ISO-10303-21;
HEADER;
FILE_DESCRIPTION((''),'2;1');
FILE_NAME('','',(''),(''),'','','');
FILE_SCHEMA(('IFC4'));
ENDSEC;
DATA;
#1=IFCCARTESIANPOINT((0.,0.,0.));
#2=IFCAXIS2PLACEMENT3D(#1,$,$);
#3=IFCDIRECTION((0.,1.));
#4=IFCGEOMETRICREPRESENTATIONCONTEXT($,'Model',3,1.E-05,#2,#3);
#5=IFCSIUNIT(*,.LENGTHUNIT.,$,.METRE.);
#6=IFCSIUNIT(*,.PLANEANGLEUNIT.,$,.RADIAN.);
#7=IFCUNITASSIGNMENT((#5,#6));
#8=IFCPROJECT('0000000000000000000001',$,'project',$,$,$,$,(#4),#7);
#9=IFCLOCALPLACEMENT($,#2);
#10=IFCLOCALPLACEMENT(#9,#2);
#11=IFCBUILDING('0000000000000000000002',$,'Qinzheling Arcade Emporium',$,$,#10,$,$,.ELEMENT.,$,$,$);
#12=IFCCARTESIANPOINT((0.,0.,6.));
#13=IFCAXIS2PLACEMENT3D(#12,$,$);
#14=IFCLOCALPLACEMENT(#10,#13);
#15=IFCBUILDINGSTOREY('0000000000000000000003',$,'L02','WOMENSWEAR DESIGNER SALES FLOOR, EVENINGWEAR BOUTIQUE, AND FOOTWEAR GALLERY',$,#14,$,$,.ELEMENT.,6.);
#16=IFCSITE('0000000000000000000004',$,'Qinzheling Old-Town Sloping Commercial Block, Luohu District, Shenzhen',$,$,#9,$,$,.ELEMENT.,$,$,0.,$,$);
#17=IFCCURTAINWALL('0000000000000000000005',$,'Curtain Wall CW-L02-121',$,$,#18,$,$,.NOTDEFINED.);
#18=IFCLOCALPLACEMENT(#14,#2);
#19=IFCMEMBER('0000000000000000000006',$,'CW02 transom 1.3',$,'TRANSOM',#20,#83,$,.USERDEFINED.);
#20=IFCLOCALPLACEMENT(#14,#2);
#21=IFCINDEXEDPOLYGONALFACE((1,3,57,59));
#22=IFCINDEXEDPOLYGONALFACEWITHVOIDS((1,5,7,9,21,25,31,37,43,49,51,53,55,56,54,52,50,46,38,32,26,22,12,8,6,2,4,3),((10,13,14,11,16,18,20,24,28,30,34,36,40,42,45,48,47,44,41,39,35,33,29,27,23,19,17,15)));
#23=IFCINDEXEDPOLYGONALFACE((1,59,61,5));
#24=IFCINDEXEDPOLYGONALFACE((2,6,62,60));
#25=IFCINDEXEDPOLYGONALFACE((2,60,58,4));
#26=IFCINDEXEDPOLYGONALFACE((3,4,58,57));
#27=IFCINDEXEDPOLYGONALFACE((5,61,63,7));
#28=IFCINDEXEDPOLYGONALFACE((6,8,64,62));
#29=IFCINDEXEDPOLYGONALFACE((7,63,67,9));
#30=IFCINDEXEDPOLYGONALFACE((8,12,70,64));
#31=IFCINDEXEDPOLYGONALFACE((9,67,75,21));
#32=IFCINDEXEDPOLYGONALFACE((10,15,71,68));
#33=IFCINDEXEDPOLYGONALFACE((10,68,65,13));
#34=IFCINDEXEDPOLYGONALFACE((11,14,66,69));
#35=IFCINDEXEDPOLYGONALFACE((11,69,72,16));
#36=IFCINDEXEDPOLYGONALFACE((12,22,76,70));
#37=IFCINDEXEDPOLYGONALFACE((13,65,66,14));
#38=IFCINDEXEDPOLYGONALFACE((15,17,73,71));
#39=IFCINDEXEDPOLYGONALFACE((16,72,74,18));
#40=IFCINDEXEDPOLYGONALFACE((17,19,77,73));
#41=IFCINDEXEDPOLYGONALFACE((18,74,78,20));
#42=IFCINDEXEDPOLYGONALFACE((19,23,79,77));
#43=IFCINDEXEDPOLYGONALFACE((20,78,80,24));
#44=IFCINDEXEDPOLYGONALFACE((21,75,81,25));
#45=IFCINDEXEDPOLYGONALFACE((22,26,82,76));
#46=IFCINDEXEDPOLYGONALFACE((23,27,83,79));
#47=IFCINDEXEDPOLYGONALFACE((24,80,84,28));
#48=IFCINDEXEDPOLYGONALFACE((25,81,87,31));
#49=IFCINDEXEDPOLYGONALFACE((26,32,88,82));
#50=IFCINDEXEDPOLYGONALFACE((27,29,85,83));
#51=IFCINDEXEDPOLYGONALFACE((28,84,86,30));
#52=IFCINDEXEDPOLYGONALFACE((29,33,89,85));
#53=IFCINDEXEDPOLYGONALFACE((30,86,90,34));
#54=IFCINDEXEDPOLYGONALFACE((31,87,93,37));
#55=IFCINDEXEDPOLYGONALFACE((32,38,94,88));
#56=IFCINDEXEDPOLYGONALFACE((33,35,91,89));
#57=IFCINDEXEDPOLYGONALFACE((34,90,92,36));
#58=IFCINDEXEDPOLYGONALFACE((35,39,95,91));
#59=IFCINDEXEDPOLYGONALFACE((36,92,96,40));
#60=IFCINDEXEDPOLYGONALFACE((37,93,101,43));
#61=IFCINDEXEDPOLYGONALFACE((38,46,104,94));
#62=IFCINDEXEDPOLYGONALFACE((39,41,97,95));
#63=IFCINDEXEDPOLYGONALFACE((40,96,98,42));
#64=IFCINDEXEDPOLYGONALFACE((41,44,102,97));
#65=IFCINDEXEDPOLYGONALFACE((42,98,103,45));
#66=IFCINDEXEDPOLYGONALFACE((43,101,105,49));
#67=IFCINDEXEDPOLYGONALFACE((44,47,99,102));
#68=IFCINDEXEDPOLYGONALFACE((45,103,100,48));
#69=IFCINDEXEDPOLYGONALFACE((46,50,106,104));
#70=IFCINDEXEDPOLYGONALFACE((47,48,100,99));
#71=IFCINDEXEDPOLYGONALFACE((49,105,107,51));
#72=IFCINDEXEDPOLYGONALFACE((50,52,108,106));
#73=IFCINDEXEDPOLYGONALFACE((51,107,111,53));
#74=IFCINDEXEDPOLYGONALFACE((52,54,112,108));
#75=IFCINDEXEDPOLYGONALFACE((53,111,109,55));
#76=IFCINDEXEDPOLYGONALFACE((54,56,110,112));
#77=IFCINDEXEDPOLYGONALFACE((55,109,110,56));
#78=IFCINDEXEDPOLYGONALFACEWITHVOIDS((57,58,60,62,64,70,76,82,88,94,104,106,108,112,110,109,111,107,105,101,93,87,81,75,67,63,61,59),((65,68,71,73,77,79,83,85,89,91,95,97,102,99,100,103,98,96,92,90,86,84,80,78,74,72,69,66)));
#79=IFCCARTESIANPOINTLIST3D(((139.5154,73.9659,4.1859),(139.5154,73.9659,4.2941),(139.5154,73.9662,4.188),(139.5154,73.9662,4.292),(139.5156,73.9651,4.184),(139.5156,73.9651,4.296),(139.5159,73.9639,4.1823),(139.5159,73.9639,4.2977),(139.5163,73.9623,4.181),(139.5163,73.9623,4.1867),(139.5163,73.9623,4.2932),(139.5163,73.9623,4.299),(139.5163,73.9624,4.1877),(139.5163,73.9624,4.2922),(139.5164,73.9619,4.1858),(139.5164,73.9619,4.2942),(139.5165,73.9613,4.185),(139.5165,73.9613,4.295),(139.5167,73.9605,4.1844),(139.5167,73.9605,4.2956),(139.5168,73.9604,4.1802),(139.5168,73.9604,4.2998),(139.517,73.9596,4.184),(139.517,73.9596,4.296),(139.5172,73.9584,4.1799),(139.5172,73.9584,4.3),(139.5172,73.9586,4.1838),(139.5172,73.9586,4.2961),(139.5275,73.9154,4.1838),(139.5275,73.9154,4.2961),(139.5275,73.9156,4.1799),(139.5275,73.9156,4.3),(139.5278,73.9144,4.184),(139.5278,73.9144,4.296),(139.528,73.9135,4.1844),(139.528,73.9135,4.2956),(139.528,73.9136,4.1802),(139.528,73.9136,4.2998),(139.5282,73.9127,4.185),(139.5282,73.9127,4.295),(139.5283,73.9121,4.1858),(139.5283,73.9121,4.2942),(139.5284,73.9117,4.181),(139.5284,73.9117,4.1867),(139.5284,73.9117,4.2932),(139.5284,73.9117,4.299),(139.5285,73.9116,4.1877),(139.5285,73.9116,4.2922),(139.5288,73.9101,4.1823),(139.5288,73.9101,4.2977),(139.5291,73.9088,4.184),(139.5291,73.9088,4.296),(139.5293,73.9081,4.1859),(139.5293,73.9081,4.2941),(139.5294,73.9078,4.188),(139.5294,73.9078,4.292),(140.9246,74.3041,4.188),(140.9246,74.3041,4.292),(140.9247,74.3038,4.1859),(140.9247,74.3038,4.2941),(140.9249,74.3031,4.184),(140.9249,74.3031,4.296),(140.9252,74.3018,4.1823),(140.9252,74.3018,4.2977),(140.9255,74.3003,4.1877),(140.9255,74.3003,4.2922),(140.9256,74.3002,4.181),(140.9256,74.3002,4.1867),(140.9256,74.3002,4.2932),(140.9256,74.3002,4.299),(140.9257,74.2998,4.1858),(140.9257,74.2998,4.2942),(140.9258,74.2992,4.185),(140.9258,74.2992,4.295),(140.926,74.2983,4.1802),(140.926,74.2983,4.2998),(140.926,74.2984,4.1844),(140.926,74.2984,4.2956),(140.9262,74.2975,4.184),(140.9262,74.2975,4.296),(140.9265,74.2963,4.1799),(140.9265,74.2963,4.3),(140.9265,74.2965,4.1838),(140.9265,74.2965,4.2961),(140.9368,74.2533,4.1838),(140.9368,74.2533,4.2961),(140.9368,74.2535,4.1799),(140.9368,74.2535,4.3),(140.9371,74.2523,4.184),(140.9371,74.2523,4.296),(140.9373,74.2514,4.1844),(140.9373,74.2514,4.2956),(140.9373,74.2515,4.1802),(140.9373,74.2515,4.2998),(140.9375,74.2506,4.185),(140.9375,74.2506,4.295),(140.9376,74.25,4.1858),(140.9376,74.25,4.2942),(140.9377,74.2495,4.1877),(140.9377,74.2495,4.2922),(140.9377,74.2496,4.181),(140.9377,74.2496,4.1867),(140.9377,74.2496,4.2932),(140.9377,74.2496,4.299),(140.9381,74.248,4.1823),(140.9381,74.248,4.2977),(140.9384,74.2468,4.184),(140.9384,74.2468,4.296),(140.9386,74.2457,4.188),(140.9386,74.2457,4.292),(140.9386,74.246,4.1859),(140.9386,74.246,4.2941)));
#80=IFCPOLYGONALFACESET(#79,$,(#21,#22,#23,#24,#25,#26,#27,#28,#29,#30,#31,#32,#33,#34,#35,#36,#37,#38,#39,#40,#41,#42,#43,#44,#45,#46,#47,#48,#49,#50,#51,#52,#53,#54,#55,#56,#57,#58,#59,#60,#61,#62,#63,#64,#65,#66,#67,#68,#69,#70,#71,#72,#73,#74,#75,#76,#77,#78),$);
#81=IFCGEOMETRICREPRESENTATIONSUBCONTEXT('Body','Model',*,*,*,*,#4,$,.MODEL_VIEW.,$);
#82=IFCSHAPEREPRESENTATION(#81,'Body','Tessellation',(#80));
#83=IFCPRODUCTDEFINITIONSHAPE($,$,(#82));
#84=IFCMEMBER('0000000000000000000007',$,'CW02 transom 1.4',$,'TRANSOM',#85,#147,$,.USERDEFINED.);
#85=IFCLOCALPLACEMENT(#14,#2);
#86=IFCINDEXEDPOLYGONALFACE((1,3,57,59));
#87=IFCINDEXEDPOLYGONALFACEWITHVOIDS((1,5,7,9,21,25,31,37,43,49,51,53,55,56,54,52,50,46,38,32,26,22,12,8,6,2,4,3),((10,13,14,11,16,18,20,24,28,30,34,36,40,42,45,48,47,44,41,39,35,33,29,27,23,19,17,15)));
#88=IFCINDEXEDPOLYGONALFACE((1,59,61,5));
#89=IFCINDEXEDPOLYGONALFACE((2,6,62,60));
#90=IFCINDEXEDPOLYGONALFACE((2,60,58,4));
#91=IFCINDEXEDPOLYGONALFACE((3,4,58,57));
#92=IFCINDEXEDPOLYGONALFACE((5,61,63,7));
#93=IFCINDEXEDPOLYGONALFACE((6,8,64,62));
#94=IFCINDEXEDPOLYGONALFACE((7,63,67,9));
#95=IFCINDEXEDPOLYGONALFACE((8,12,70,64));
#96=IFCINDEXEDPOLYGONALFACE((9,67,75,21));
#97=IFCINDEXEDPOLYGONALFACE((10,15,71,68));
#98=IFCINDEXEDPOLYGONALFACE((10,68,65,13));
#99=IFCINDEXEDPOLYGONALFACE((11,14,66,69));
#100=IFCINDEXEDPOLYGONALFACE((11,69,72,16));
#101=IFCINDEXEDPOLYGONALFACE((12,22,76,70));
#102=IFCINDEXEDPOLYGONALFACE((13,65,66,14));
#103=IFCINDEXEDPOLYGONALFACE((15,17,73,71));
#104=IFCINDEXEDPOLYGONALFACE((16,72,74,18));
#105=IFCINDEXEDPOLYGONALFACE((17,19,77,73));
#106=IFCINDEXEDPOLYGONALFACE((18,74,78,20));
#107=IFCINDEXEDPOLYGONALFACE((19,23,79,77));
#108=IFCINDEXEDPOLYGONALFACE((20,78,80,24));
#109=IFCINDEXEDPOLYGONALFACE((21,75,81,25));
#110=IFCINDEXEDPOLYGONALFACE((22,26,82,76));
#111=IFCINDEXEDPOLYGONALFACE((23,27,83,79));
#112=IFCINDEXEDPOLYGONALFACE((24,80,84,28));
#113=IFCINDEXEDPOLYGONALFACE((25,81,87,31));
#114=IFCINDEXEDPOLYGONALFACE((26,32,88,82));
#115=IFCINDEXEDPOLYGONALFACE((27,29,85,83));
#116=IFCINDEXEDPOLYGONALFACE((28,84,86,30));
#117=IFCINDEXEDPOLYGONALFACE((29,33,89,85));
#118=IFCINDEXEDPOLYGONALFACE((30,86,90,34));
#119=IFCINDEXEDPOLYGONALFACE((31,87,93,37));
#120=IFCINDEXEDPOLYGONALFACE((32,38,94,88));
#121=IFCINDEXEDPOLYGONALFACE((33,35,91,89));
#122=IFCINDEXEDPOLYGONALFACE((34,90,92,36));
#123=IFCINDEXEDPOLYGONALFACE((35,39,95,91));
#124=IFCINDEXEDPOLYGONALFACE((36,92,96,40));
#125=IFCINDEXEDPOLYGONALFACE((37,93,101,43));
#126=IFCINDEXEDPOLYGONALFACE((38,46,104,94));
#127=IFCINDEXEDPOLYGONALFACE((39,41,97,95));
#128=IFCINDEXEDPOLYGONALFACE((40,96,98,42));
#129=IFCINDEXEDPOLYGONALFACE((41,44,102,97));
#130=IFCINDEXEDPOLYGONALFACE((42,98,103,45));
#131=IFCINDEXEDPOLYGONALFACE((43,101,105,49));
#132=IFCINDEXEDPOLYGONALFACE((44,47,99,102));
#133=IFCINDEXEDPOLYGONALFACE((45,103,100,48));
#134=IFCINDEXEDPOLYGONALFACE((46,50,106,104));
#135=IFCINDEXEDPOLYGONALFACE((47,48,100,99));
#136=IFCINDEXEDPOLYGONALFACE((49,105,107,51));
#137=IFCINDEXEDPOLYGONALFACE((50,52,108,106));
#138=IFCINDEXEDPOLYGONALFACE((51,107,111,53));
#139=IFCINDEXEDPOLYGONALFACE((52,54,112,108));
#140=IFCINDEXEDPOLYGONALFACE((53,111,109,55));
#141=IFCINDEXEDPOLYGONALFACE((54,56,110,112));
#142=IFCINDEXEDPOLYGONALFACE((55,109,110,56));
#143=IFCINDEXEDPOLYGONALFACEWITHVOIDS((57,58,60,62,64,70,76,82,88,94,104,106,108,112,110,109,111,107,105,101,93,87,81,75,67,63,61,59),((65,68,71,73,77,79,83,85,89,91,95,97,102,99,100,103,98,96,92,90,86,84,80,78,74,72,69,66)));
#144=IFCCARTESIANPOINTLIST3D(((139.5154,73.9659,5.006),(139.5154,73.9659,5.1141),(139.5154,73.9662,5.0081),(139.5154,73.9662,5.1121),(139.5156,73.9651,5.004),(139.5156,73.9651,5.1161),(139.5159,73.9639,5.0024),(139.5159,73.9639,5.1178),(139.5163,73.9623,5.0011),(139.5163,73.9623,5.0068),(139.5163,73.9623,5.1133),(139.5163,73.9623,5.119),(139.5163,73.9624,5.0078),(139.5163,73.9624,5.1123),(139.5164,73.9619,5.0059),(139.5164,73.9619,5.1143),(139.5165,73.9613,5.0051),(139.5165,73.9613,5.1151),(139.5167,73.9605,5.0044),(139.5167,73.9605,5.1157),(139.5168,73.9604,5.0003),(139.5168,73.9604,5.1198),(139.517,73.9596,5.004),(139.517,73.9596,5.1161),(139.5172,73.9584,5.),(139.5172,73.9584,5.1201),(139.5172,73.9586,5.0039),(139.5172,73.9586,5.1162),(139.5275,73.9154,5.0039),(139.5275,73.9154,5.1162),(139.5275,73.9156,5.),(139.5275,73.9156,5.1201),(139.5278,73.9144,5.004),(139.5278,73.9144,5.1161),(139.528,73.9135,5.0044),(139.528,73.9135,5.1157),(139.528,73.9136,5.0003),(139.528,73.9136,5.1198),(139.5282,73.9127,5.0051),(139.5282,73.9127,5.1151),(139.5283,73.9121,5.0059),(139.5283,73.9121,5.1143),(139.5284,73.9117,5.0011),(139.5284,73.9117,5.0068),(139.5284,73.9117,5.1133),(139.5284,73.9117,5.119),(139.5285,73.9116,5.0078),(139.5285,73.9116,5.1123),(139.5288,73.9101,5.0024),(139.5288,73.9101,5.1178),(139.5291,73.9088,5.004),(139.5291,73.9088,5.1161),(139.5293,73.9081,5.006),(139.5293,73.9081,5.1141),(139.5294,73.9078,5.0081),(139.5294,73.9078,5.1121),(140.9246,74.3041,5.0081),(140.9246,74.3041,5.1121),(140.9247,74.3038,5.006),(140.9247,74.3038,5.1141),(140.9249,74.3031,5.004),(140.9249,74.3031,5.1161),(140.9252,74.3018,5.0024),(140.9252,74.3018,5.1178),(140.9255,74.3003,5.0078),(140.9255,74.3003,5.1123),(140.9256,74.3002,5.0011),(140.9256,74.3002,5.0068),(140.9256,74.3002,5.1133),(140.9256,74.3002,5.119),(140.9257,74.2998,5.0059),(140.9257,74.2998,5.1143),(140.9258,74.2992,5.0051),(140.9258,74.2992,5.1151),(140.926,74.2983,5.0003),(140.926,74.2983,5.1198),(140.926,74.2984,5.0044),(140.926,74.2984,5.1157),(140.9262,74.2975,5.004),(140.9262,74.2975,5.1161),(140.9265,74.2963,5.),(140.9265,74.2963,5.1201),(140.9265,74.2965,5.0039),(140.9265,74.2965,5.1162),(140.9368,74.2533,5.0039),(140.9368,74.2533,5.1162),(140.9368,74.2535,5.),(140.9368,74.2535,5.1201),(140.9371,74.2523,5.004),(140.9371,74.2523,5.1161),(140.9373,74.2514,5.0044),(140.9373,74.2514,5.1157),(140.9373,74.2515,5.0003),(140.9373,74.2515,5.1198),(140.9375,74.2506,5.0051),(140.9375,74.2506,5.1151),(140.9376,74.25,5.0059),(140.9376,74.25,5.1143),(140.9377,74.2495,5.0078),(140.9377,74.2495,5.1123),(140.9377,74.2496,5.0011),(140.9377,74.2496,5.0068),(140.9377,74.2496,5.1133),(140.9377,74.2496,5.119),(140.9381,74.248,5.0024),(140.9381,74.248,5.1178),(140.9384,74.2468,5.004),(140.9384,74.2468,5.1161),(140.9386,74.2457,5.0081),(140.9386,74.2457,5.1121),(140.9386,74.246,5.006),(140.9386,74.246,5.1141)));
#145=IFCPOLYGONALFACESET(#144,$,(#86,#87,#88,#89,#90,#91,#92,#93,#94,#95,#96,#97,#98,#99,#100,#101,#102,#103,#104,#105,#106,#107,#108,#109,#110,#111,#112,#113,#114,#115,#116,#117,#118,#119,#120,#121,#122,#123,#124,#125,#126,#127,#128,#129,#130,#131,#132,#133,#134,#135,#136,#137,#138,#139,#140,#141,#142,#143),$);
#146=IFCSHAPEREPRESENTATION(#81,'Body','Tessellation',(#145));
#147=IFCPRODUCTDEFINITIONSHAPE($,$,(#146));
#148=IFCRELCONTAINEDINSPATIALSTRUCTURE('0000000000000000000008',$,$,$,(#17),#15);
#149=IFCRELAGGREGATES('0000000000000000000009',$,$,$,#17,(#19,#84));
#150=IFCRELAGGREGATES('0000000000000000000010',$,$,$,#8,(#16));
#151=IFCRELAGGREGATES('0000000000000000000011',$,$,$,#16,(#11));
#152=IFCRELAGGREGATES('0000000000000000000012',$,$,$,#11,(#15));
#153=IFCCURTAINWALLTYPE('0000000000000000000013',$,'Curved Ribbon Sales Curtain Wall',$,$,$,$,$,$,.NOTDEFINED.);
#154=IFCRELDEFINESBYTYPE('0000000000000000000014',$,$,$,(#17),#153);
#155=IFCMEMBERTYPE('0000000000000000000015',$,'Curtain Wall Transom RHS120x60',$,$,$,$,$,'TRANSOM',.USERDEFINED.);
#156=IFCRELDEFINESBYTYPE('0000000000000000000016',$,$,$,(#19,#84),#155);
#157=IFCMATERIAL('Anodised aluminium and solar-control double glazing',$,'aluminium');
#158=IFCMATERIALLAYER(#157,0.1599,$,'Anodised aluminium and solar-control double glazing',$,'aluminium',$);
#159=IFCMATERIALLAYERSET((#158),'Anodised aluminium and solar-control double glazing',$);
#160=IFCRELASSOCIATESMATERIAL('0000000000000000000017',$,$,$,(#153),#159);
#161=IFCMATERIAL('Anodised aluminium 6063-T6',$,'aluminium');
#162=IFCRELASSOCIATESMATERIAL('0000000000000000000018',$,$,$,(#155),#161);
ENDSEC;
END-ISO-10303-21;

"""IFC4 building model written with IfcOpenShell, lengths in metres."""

from ifc_helpers import new_model, si_unit, direction, frame, origin, origin_2d, place, context, subcontext, project, spatial, hollow_rectangle, extrude, material, layer, layer_set, material_profile, profile_set, type_object, element, aggregate, save


model = new_model("IFC4")

# Units and contexts
model_context = context("Model", 3, precision=1e-05, world=origin(), true_north=direction((0.0, 1.0)))
body_context = subcontext(model_context, "Body", "Model", "MODEL_VIEW")
ifc_project = project(units=[si_unit("LENGTHUNIT", "METRE"), si_unit("PLANEANGLEUNIT", "RADIAN")], contexts=[model_context])

# Site, building, storey
site_placement = place(None, origin())
site = spatial("IfcSite", under=ifc_project, at=site_placement, Name="Qinzheling Old-Town Sloping Commercial Block, Luohu District, Shenzhen", CompositionType="ELEMENT", RefElevation=0.0)
building_placement = place(site_placement, origin())
building = spatial("IfcBuilding", under=site, at=building_placement, Name="Qinzheling Arcade Emporium", CompositionType="ELEMENT")
storey_placement = place(building_placement, frame((0.0, 0.0, 6.0)))
storey = spatial("IfcBuildingStorey", under=building, at=storey_placement, Name="L02", Description="WOMENSWEAR DESIGNER SALES FLOOR, EVENINGWEAR BOUTIQUE, AND FOOTWEAR GALLERY", CompositionType="ELEMENT", Elevation=6.0)

# Shared definitions
ifc_material_1 = material(Name="Anodised aluminium and solar-control double glazing", Category="aluminium")
ifc_layer_1 = layer(ifc_material_1, 0.1599, Name="Anodised aluminium and solar-control double glazing", Category="aluminium")
ifc_layer_set_1 = layer_set([ifc_layer_1], Name="Anodised aluminium and solar-control double glazing")
curtain_wall_type_1 = type_object("IfcCurtainWallType", Name="Curved Ribbon Sales Curtain Wall", PredefinedType="NOTDEFINED", material=ifc_layer_set_1)
ifc_material_2 = material(Name="Anodised aluminium 6063-T6", Category="aluminium")

# Curtain wall
curtain_wall_1_placement = place(storey_placement, origin())
curtain_wall_1 = element("IfcCurtainWall", 1, at=curtain_wall_1_placement, inside=storey, type_object=curtain_wall_type_1, Name="Curtain Wall CW-L02-121", PredefinedType="NOTDEFINED")

# Members
ifc_material_profile_1 = material_profile(ifc_material_2, hollow_rectangle(XDim=0.0601, YDim=0.1201, WallThickness=0.0039, InnerFilletRadius=0.0039, OuterFilletRadius=0.0081, at=origin_2d()), Name="RHS 120x60x4", Category="aluminium")
ifc_profile_set_1 = profile_set([ifc_material_profile_1], Name="Anodised aluminium 6063-T6")
member_type_1 = type_object("IfcMemberType", Name="Curtain Wall Transom RHS120x60", ElementType="TRANSOM", PredefinedType="USERDEFINED", material=ifc_profile_set_1)
member_1_placement = place(storey_placement, frame((140.9316, 74.2749, 4.24), z_axis=(-0.972436, -0.233169, 0.0), x_axis=(0.233169, -0.972436, 0.0)))
member_1 = element("IfcMember", 2, at=member_1_placement, type_object=member_type_1, Name="CW02 transom 1.3", ObjectType="TRANSOM", PredefinedType="USERDEFINED", context=body_context, shape_type="SweptSolid", body=[
    extrude(hollow_rectangle(XDim=0.0601, YDim=0.1201, WallThickness=0.0039, InnerFilletRadius=0.0039, OuterFilletRadius=0.0081, at=origin_2d()), origin(), (0.0, 0.0, 1.0), 1.4492),
])
member_2_placement = place(storey_placement, frame((140.9316, 74.2749, 5.0601), z_axis=(-0.972436, -0.233169, 0.0), x_axis=(0.233169, -0.972436, 0.0)))
member_2 = element("IfcMember", 3, at=member_2_placement, type_object=member_type_1, Name="CW02 transom 1.4", ObjectType="TRANSOM", PredefinedType="USERDEFINED", context=body_context, shape_type="SweptSolid", body=[
    extrude(hollow_rectangle(XDim=0.0601, YDim=0.1201, WallThickness=0.0039, InnerFilletRadius=0.0039, OuterFilletRadius=0.0081, at=origin_2d()), origin(), (0.0, 0.0, 1.0), 1.4492),
])

aggregate(curtain_wall_1, [member_1, member_2])

save(model, "model.ifc")
